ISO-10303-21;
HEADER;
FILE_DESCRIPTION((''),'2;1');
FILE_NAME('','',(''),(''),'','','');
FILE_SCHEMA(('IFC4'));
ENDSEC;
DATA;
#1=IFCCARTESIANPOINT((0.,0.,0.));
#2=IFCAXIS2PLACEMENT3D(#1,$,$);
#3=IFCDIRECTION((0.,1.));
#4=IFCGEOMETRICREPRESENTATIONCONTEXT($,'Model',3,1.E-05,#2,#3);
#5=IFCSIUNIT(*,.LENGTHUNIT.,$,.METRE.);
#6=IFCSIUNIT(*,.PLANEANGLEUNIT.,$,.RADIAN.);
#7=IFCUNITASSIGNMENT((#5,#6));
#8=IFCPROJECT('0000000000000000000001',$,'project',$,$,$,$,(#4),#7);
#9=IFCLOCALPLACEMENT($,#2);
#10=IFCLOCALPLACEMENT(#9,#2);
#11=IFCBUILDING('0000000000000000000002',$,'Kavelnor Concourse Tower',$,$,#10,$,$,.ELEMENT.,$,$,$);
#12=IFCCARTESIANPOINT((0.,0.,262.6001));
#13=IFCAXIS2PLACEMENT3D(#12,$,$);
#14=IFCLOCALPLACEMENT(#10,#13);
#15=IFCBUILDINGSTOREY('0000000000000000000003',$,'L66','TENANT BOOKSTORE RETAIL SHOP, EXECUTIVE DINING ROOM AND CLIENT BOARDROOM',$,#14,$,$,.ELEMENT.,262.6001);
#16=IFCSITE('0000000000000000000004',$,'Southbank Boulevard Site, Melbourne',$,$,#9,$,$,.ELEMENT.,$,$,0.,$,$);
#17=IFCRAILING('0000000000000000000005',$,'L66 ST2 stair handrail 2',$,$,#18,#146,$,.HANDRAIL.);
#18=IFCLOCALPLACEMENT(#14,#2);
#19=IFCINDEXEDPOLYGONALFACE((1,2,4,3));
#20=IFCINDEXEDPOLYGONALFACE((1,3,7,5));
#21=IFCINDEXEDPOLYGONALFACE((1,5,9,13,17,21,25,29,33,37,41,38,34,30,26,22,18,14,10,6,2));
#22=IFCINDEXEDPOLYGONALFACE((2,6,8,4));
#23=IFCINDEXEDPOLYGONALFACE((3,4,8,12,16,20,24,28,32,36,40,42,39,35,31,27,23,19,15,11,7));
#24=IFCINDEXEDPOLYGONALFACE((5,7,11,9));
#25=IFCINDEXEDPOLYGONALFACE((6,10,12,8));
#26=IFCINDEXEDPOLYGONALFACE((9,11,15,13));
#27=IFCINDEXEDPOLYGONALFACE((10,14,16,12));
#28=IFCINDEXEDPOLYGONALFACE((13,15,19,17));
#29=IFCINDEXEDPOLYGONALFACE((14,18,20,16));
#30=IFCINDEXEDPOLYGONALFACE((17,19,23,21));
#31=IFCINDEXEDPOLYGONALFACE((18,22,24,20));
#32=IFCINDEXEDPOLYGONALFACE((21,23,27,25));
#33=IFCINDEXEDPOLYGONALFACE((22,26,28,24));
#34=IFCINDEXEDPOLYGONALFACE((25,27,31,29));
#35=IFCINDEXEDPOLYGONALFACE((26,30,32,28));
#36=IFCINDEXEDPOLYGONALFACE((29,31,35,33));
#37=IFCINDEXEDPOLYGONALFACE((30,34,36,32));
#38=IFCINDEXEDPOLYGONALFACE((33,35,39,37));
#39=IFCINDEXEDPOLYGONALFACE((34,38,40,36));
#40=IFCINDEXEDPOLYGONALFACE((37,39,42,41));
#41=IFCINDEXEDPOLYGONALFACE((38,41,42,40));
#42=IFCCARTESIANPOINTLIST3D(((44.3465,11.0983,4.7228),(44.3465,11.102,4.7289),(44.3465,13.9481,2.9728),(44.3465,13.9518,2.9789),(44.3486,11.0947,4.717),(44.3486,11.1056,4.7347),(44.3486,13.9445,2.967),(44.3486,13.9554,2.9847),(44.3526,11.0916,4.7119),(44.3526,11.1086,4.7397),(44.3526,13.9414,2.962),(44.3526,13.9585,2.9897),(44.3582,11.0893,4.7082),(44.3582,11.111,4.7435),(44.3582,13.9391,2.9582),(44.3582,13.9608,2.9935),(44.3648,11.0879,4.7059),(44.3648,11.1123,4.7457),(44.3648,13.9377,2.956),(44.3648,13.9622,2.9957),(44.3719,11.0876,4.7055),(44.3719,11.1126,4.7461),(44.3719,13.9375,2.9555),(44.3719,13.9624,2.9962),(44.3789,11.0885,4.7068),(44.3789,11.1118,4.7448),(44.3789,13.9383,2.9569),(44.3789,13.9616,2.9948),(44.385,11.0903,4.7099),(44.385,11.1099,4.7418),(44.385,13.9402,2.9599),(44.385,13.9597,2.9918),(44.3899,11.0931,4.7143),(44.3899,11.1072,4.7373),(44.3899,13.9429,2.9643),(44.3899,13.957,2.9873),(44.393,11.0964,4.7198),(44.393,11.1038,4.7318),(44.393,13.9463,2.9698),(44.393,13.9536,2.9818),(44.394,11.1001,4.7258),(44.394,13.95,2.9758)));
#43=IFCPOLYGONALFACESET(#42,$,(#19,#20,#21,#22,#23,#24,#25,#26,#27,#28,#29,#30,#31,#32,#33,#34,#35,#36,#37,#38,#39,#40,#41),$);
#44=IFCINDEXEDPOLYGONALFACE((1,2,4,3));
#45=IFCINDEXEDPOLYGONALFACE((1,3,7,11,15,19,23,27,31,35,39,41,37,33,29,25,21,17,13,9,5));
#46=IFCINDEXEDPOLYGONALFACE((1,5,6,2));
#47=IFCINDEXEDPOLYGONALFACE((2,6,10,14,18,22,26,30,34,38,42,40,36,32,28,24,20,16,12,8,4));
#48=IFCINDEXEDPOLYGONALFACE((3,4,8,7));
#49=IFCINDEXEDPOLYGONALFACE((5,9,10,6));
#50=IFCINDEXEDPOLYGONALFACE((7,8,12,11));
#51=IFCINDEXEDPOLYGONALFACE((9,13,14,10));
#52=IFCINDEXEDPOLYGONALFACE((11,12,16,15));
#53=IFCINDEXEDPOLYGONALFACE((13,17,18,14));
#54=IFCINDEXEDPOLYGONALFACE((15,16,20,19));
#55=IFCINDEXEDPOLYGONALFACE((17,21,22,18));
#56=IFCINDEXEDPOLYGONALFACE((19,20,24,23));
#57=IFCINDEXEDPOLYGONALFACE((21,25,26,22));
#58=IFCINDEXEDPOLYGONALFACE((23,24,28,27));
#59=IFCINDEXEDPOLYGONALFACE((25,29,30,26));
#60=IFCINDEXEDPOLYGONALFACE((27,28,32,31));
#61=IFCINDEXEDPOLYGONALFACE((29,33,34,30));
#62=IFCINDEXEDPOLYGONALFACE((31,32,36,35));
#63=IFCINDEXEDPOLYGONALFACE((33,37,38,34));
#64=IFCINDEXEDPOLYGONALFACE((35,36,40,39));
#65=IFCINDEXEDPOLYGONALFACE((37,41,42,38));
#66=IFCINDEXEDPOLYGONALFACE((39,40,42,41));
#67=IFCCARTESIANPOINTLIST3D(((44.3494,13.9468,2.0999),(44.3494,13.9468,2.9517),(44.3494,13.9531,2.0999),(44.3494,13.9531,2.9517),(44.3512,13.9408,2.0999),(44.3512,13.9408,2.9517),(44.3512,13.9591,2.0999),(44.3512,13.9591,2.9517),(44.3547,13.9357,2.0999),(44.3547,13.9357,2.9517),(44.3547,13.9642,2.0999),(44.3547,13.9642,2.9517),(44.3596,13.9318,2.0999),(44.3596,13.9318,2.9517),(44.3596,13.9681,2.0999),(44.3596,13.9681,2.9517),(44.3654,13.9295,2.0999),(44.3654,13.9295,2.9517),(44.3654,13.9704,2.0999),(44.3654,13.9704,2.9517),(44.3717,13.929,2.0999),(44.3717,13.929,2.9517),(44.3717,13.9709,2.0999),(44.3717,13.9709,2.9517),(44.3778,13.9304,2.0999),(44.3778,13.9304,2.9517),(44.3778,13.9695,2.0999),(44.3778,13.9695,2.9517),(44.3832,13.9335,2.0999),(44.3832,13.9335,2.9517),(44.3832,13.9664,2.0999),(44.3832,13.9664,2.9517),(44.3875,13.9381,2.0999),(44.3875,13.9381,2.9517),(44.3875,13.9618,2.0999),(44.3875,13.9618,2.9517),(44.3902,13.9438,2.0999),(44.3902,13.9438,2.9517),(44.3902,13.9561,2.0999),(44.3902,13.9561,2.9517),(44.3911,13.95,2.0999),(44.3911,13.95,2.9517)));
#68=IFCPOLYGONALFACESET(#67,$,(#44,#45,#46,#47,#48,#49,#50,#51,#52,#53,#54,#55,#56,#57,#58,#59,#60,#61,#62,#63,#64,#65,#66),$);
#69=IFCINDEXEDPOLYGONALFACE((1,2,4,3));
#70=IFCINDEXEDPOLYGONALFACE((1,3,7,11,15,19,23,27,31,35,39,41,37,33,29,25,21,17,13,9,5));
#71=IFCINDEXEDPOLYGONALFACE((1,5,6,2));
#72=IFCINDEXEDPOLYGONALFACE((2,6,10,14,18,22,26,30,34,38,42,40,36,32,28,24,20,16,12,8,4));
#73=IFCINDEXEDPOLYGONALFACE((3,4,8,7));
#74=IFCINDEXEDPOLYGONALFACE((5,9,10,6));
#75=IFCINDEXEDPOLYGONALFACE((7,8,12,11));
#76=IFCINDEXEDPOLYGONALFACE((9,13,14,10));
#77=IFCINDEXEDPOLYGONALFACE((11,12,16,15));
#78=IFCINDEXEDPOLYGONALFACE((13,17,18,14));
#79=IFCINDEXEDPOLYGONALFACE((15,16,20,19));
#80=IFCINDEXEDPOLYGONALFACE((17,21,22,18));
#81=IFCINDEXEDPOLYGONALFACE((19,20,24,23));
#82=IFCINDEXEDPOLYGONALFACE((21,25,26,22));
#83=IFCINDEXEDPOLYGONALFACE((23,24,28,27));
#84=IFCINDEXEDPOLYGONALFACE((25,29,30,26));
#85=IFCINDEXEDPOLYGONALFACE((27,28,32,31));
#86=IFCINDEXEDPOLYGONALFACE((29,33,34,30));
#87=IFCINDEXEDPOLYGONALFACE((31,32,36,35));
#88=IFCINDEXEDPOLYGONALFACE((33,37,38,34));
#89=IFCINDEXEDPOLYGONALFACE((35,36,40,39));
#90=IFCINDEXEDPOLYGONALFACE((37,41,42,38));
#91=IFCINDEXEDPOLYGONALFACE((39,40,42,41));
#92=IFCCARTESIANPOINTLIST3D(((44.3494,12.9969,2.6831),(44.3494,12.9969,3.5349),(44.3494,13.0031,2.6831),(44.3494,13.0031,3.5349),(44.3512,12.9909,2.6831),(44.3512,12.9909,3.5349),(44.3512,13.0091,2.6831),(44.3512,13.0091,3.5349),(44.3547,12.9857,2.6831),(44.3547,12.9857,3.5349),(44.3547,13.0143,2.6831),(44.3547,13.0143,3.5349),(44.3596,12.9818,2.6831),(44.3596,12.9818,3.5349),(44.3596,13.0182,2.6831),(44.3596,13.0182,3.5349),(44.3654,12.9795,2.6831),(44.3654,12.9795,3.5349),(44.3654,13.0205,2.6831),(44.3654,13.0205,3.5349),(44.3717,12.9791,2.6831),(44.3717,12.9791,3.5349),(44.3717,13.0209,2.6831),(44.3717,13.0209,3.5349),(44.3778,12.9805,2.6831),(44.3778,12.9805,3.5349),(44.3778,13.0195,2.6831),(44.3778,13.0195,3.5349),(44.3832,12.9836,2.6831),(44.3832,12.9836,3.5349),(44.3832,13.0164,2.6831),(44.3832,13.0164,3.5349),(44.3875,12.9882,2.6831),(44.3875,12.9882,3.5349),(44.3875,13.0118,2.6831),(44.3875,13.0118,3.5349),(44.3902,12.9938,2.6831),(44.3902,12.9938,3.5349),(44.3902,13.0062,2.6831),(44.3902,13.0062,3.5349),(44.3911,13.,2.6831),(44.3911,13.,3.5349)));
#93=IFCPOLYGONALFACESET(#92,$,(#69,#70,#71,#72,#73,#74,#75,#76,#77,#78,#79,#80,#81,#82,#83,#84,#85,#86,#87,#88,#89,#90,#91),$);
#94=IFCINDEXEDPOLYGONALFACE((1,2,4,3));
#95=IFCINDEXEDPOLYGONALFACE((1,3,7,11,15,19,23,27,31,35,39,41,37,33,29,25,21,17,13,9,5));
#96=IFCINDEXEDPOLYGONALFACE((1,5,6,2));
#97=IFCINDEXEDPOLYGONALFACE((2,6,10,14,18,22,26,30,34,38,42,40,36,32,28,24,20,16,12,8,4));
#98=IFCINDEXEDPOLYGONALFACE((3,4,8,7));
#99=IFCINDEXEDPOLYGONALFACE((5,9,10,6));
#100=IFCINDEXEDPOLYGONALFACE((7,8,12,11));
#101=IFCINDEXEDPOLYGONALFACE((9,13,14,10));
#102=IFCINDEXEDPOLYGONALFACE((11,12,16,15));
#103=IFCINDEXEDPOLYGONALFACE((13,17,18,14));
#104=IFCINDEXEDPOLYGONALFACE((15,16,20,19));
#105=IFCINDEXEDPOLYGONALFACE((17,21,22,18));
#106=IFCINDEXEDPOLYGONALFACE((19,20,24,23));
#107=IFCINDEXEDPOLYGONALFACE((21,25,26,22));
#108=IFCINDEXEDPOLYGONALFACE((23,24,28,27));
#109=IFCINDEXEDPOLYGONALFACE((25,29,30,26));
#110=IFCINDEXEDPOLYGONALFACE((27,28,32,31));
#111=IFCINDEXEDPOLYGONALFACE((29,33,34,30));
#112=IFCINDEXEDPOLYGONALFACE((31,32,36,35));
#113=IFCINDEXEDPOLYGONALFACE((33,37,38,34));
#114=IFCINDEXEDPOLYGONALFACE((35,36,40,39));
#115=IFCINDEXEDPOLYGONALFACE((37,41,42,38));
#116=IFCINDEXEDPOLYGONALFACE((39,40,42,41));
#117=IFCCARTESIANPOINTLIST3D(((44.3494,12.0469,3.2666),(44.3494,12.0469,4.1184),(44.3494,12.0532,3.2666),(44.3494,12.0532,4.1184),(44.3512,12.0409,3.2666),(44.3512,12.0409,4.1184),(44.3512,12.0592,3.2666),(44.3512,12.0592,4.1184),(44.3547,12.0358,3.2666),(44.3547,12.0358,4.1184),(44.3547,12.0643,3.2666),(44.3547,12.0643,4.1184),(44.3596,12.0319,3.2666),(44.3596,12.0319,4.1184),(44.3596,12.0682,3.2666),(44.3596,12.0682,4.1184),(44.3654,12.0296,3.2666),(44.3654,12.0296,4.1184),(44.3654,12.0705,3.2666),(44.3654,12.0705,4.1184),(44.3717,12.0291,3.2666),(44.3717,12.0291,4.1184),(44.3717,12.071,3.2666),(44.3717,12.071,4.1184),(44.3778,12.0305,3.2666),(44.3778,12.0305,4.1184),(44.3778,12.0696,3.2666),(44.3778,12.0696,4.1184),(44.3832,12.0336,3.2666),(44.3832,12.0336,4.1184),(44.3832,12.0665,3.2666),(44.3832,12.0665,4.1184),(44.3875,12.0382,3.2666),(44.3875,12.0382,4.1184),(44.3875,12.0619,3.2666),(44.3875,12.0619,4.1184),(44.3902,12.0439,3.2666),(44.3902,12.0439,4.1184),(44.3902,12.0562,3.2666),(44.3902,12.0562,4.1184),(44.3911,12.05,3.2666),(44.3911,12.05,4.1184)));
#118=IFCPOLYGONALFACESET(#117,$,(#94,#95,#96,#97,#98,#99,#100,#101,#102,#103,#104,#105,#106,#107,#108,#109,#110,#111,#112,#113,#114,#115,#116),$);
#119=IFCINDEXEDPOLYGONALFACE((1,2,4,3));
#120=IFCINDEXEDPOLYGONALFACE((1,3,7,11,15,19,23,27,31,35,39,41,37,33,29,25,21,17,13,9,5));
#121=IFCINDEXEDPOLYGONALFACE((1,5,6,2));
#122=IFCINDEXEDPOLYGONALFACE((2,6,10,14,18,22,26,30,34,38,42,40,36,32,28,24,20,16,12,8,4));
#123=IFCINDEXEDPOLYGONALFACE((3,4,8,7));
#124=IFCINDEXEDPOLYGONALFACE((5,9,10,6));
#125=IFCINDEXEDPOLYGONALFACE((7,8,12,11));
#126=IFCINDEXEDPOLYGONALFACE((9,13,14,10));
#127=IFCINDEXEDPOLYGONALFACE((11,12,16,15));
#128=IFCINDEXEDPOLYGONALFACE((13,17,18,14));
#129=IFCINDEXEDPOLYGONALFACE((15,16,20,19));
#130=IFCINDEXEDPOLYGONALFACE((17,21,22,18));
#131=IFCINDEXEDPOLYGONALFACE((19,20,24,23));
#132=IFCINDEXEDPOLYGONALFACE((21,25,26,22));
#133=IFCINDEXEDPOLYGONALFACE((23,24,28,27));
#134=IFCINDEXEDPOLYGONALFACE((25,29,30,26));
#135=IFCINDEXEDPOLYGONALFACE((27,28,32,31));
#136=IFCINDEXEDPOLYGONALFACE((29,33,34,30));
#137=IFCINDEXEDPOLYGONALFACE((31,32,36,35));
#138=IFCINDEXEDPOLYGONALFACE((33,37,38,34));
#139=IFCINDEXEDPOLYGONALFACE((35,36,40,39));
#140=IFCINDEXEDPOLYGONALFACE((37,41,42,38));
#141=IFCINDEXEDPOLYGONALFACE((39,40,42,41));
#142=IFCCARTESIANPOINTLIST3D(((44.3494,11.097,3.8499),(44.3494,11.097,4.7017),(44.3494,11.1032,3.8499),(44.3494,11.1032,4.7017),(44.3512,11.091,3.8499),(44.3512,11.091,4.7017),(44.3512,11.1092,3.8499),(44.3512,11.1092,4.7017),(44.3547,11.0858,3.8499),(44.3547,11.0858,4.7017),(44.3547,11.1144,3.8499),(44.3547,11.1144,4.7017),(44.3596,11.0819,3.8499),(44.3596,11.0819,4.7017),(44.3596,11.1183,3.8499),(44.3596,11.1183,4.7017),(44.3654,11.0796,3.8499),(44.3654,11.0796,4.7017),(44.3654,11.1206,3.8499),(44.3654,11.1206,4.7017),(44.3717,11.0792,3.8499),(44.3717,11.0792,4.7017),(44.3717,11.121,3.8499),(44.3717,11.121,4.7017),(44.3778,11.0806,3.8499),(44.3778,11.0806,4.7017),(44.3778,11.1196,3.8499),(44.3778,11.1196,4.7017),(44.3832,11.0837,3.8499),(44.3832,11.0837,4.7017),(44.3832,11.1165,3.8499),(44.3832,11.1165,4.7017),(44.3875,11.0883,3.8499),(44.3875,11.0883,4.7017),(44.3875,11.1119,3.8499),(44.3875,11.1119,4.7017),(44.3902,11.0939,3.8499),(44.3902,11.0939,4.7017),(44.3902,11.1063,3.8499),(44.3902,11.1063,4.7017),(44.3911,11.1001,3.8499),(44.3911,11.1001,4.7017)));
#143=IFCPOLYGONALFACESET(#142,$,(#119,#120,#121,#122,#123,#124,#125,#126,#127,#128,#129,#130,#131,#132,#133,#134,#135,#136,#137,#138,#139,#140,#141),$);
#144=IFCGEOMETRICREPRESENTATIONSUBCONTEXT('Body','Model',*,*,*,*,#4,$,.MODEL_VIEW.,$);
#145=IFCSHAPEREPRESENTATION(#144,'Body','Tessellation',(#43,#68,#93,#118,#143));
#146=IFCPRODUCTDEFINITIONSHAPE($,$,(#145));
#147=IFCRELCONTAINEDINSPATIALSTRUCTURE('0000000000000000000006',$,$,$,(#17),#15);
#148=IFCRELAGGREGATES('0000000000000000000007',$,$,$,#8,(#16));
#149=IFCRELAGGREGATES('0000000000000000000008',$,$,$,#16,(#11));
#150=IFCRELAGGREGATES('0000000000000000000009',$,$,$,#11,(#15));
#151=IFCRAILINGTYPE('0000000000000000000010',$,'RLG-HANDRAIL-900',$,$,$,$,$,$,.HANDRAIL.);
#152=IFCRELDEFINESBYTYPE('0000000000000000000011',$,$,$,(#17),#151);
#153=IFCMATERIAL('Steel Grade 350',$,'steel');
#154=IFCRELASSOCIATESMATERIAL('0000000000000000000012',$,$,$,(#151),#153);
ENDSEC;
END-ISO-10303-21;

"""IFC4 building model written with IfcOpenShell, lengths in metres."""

from ifc_helpers import new_model, si_unit, direction, frame, origin, origin_2d, place, context, subcontext, project, spatial, circle, extrude, material, type_object, element, save


model = new_model("IFC4")

# Units and contexts
model_context = context("Model", 3, precision=1e-05, world=origin(), true_north=direction((0.0, 1.0)))
body_context = subcontext(model_context, "Body", "Model", "MODEL_VIEW")
ifc_project = project(units=[si_unit("LENGTHUNIT", "METRE"), si_unit("PLANEANGLEUNIT", "RADIAN")], contexts=[model_context])

# Site, building, storey
site_placement = place(None, origin())
site = spatial("IfcSite", under=ifc_project, at=site_placement, Name="Southbank Boulevard Site, Melbourne", CompositionType="ELEMENT", RefElevation=0.0)
building_placement = place(site_placement, origin())
building = spatial("IfcBuilding", under=site, at=building_placement, Name="Kavelnor Concourse Tower", CompositionType="ELEMENT")
storey_placement = place(building_placement, frame((0.0, 0.0, 262.6001)))
storey = spatial("IfcBuildingStorey", under=building, at=storey_placement, Name="L66", Description="TENANT BOOKSTORE RETAIL SHOP, EXECUTIVE DINING ROOM AND CLIENT BOARDROOM", CompositionType="ELEMENT", Elevation=262.6001)

# Shared definitions
ifc_material_1 = material(Name="Steel Grade 350", Category="steel")

# Railing
railing_type_1 = type_object("IfcRailingType", Name="RLG-HANDRAIL-900", PredefinedType="HANDRAIL", material=ifc_material_1)
railing_1_placement = place(storey_placement, frame((44.3701, 13.95, 2.0999)))
element("IfcRailing", 1, at=railing_1_placement, inside=storey, type_object=railing_type_1, Name="L66 ST2 stair handrail 2", PredefinedType="HANDRAIL", context=body_context, shape_type="SweptSolid", body=[
    extrude(circle(Radius=0.0239, at=origin_2d()), frame((0.0, 0.0, 0.876), z_axis=(0.0, -0.852159, 0.523283), x_axis=(1.0, 0.0, 0.0)), (0.0, 0.0, 1.0), 3.3442),
    extrude(circle(Radius=0.021, at=origin_2d()), origin(), (0.0, 0.0, 1.0), 0.8518),
    extrude(circle(Radius=0.021, at=origin_2d()), frame((0.0, -0.95, 0.5833)), (0.0, 0.0, 1.0), 0.8518),
    extrude(circle(Radius=0.021, at=origin_2d()), frame((0.0, -1.8999, 1.1667)), (0.0, 0.0, 1.0), 0.8518),
    extrude(circle(Radius=0.021, at=origin_2d()), frame((0.0, -2.8499, 1.75)), (0.0, 0.0, 1.0), 0.8518),
])

save(model, "model.ifc")
